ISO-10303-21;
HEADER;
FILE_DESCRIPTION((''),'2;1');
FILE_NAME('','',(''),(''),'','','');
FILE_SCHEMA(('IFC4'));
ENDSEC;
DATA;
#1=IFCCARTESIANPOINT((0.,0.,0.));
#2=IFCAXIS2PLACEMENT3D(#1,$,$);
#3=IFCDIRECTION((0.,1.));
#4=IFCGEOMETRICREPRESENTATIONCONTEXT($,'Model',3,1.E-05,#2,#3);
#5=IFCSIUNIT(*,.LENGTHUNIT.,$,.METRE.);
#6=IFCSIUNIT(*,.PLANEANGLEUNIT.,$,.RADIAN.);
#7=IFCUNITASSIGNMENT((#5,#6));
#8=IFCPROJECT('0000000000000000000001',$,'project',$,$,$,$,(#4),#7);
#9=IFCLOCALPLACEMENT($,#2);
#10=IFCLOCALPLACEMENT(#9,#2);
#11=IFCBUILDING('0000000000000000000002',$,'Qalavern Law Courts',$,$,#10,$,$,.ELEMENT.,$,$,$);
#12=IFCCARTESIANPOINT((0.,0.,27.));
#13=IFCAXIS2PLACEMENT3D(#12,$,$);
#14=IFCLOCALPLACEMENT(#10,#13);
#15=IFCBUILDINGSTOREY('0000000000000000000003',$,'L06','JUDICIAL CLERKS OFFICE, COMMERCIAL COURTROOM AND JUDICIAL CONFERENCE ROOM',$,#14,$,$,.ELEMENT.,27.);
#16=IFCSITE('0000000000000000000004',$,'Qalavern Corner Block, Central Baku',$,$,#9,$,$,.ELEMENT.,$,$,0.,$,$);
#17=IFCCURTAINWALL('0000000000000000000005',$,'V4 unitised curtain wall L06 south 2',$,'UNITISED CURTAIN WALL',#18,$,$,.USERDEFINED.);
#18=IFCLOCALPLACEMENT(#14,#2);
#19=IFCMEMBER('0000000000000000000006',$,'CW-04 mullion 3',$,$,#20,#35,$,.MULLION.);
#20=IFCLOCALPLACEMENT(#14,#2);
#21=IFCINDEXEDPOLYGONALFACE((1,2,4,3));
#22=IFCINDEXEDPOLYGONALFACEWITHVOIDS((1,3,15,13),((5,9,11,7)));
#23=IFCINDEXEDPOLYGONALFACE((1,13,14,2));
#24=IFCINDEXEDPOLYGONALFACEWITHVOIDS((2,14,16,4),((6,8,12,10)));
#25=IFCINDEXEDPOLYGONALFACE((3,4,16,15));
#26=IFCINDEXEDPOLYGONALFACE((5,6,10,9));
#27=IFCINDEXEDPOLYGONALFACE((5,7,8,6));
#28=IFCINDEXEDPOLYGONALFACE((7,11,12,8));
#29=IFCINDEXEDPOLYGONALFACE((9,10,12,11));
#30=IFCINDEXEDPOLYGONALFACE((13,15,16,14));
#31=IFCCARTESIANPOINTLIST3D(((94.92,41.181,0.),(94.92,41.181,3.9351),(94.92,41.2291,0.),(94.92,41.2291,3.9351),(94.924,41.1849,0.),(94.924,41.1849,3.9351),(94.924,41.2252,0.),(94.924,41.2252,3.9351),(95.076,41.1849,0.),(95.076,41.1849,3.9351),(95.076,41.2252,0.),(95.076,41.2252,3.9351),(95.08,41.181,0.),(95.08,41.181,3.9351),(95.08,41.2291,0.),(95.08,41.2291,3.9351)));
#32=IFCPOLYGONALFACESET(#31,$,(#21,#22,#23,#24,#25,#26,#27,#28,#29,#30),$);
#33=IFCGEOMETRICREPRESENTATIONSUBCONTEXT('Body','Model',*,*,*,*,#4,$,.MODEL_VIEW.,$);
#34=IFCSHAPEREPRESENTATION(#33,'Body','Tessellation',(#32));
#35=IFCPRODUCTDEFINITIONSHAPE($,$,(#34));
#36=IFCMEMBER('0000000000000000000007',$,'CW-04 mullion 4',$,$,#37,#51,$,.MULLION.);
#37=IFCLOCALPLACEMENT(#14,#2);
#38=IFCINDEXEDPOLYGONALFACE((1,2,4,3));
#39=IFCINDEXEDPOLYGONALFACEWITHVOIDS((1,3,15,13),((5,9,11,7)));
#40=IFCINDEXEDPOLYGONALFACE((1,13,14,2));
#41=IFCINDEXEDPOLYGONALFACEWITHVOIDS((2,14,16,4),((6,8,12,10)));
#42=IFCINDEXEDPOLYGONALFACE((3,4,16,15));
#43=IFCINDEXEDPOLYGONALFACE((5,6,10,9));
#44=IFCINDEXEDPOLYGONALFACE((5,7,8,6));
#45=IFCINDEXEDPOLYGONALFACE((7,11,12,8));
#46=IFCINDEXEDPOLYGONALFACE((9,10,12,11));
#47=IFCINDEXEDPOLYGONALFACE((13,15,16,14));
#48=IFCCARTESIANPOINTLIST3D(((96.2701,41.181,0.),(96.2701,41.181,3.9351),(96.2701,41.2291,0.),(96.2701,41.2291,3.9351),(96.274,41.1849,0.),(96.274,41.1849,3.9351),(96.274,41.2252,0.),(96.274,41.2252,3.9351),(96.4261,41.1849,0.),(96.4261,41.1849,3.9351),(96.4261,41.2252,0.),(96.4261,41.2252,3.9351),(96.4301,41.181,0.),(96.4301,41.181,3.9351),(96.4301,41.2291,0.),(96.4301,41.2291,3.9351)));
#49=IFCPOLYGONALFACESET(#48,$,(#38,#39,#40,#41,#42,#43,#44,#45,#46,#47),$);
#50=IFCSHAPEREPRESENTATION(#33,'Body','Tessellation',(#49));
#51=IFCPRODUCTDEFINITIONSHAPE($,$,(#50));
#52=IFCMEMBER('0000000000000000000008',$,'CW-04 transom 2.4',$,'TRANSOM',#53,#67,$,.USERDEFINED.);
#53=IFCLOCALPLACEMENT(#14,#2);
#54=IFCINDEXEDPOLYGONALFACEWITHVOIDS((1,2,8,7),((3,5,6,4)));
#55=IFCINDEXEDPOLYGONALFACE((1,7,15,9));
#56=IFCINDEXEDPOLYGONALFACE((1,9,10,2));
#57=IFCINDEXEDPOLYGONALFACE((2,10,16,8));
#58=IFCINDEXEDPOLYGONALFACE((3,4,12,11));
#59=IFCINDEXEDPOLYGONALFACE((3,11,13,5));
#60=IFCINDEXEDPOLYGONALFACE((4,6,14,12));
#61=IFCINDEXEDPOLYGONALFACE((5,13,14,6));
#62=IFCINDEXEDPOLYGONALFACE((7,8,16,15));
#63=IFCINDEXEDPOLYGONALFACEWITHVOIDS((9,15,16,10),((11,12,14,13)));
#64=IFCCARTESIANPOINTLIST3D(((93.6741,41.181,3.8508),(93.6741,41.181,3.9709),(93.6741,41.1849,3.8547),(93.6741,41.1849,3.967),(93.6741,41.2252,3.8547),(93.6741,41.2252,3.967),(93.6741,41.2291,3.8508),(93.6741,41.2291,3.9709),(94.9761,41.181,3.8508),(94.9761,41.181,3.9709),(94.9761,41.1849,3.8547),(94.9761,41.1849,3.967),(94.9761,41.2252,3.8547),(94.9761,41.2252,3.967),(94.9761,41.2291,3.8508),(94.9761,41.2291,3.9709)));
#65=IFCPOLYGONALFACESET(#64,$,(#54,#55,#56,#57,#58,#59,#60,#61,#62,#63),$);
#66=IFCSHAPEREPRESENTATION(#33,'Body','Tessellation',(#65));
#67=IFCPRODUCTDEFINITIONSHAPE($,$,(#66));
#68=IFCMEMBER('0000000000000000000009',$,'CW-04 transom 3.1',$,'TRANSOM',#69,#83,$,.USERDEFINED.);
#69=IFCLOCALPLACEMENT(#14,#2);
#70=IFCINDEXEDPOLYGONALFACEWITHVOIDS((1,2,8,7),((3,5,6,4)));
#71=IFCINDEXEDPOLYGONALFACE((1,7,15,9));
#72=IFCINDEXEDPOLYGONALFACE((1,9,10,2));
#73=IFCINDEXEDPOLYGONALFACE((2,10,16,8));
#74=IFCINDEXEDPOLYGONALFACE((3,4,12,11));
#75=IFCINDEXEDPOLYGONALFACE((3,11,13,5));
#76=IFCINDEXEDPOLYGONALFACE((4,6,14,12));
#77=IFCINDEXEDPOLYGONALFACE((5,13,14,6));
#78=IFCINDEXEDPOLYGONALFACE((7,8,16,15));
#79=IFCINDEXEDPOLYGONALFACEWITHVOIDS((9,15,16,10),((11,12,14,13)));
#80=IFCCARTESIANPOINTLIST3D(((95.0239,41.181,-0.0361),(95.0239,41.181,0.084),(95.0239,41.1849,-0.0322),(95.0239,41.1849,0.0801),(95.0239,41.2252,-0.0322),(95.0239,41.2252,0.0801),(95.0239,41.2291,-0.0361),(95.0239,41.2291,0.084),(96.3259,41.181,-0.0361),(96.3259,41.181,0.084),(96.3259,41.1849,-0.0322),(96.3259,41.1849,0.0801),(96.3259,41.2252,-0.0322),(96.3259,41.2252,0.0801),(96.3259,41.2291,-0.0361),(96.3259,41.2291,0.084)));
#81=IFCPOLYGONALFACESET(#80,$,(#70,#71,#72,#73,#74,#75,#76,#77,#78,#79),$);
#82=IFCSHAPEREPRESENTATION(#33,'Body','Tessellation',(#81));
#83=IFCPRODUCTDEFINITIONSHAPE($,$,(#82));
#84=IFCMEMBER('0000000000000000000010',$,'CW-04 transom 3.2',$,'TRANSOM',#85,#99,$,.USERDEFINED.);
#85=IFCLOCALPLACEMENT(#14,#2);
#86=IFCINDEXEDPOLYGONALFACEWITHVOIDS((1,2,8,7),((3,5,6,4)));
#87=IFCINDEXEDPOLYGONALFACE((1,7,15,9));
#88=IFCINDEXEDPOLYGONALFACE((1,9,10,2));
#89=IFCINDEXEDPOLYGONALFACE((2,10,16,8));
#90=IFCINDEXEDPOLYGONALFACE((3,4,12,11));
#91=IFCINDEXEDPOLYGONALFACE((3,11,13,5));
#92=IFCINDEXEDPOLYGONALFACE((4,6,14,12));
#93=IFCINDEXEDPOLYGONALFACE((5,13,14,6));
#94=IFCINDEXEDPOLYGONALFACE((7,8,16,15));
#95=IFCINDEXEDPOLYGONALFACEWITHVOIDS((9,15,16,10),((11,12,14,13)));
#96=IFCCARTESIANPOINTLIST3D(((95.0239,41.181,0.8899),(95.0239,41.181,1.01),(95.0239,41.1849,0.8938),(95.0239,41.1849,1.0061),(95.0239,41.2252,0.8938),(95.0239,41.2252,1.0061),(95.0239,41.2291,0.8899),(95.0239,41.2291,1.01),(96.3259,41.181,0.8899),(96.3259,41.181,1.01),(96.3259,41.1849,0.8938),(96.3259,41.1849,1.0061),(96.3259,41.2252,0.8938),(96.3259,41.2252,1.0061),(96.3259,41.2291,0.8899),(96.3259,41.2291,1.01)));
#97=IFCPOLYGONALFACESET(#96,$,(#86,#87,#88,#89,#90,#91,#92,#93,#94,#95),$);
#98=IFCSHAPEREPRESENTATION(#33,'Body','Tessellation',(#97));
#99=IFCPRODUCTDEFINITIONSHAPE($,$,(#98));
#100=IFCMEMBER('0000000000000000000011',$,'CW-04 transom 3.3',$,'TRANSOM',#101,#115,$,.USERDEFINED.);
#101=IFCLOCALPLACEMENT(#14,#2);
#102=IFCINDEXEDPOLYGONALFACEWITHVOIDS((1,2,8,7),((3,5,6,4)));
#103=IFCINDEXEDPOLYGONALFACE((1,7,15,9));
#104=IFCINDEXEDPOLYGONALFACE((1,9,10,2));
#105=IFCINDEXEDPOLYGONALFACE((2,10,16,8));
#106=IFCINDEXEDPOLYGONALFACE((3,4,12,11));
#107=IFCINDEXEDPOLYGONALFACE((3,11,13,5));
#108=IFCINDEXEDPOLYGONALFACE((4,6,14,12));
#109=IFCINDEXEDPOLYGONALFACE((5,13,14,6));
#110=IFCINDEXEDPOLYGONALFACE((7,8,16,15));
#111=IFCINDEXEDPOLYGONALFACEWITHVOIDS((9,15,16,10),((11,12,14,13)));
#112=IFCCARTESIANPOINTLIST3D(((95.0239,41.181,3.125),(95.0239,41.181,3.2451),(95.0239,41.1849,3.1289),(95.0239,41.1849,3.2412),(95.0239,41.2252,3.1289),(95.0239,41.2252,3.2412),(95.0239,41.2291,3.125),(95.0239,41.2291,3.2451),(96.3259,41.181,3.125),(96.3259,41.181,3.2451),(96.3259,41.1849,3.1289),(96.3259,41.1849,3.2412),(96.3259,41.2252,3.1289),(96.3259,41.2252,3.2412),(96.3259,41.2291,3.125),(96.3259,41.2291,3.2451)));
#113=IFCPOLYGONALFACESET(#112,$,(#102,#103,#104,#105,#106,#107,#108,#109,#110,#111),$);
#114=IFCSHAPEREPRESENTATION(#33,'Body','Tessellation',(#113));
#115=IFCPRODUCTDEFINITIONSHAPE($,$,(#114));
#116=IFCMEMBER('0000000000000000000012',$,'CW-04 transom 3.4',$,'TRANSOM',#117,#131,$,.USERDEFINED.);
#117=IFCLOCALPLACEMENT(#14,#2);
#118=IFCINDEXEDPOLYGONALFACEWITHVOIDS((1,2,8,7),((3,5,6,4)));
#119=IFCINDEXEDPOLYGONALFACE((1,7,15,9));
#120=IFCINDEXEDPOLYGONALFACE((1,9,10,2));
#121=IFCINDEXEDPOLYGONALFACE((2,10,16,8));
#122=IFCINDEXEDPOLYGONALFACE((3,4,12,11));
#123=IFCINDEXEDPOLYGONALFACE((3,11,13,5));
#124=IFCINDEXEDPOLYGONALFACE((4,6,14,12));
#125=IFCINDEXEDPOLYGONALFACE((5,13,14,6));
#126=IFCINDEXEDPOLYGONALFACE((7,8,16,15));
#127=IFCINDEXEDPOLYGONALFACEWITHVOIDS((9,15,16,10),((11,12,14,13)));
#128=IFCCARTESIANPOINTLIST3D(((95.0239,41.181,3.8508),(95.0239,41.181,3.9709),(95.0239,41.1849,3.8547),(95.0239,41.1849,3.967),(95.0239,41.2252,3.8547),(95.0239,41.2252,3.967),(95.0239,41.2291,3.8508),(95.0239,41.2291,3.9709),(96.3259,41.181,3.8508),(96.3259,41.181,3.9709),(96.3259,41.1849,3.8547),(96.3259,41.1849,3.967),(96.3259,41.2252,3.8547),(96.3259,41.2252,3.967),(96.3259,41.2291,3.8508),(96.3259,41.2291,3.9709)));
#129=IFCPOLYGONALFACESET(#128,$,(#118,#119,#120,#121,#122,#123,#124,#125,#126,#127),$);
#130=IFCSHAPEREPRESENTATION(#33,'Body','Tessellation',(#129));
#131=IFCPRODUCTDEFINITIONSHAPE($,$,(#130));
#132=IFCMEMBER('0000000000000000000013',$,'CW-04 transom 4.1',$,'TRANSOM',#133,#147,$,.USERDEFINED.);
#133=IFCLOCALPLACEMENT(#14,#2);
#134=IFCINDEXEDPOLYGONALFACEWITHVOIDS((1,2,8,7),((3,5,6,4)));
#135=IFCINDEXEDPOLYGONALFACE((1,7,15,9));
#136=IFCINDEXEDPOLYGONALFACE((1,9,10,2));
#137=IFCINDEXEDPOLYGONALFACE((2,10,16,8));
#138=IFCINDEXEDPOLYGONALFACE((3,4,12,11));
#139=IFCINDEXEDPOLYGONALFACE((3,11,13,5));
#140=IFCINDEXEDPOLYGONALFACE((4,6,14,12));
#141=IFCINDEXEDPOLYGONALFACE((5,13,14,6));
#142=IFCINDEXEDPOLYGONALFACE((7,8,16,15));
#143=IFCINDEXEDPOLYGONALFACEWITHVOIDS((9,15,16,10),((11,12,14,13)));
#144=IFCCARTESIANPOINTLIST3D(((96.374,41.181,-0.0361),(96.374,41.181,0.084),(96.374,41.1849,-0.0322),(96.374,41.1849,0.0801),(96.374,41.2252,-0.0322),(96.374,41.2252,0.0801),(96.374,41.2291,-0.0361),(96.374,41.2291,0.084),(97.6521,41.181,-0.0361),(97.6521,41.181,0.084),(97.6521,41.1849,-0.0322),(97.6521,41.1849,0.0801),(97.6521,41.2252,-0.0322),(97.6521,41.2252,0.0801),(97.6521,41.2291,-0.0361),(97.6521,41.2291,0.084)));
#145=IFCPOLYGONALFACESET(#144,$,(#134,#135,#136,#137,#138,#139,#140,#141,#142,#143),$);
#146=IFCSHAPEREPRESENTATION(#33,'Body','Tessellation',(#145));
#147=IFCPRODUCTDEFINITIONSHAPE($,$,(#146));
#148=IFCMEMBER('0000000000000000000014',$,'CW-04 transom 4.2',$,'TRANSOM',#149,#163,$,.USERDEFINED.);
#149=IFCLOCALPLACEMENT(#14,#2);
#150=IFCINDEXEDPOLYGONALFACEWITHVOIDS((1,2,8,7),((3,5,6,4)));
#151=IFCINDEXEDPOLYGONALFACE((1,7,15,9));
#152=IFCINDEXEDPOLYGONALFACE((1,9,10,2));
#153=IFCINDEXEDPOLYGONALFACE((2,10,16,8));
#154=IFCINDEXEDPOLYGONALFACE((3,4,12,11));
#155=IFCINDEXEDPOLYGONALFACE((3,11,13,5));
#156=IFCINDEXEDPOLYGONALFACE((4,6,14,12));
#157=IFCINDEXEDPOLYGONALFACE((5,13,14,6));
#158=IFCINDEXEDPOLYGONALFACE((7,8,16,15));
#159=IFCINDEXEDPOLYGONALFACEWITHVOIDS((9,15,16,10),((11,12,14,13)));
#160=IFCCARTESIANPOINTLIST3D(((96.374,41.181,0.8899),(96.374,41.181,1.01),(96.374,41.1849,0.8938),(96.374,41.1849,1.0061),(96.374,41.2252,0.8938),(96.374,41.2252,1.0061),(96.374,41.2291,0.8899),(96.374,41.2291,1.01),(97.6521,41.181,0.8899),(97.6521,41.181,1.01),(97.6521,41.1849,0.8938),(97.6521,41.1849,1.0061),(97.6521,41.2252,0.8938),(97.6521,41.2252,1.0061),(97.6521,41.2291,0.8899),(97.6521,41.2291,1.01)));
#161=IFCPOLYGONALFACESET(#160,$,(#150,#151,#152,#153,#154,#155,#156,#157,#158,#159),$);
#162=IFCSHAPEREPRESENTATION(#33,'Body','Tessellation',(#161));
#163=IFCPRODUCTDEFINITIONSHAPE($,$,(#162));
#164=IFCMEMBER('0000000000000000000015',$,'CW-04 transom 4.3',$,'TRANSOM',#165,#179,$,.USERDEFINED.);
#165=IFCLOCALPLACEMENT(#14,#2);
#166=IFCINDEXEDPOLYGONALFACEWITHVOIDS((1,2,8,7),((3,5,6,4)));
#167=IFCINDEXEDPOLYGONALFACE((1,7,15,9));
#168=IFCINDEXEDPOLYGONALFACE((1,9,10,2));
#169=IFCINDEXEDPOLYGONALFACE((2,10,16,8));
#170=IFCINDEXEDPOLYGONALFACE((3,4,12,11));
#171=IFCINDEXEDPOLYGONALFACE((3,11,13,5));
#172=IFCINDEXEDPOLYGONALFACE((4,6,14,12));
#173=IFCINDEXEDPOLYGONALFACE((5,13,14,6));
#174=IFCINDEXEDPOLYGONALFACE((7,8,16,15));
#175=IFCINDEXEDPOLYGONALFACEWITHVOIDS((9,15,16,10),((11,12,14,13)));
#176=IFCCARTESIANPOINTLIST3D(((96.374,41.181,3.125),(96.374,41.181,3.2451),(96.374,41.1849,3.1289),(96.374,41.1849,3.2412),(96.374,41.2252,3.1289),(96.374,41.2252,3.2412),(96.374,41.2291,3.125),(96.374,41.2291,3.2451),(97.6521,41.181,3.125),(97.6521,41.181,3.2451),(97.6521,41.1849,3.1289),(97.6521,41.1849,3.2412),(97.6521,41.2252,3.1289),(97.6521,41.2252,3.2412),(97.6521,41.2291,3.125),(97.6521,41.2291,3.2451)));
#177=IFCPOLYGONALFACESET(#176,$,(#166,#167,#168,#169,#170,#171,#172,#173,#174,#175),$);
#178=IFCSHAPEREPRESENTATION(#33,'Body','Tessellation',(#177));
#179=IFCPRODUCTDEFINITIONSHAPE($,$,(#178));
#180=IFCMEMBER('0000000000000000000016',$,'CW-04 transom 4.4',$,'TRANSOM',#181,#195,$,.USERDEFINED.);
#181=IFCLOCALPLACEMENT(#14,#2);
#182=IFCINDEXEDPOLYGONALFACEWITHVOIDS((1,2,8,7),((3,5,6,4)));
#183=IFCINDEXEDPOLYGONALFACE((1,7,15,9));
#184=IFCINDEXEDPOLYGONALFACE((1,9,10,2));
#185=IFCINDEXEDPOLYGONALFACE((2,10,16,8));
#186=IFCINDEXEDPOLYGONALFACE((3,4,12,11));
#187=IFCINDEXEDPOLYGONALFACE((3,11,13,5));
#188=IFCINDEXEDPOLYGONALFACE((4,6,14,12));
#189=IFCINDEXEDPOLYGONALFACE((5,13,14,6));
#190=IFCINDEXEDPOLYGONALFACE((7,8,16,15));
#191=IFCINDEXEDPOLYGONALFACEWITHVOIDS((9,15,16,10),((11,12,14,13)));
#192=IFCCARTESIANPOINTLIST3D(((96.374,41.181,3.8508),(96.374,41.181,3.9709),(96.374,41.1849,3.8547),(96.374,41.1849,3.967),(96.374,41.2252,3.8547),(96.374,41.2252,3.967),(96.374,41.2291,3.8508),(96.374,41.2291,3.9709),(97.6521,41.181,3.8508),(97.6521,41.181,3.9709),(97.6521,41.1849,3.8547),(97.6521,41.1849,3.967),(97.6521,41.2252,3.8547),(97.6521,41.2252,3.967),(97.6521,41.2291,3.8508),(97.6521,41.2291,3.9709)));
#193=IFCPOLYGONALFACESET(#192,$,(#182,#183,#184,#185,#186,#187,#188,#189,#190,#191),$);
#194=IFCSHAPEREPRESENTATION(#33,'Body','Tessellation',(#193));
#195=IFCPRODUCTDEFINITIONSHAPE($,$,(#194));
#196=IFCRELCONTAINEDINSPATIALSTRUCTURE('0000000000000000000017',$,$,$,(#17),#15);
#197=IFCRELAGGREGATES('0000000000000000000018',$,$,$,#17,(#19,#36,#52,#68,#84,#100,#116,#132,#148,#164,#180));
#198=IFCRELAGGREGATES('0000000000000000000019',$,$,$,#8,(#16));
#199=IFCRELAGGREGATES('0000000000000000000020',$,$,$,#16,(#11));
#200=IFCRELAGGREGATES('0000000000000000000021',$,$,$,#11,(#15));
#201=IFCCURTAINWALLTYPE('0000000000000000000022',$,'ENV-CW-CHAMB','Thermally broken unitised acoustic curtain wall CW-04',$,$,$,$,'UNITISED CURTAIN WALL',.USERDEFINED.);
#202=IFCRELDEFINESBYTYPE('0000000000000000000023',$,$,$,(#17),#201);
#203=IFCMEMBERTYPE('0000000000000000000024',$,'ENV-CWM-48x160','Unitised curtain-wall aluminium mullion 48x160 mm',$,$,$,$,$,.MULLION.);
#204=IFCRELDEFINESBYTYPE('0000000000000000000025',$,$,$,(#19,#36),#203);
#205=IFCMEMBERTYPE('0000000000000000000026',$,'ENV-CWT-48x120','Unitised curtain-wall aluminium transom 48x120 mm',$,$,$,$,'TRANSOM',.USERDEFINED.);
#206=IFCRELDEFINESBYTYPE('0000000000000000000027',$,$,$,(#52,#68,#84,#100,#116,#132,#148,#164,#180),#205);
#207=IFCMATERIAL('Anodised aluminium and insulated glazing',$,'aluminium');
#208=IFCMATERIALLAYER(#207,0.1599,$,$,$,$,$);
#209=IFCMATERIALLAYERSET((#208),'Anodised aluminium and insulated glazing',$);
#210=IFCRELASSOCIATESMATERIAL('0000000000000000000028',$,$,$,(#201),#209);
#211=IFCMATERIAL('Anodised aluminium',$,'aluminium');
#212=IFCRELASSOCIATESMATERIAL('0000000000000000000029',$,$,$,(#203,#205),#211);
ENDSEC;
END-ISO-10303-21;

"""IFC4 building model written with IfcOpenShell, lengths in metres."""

from ifc_helpers import new_model, si_unit, direction, frame, origin, origin_2d, place, context, subcontext, project, spatial, hollow_rectangle, extrude, material, layer, layer_set, material_profile, profile_set, type_object, element, aggregate, save


model = new_model("IFC4")

# Units and contexts
model_context = context("Model", 3, precision=1e-05, world=origin(), true_north=direction((0.0, 1.0)))
body_context = subcontext(model_context, "Body", "Model", "MODEL_VIEW")
ifc_project = project(units=[si_unit("LENGTHUNIT", "METRE"), si_unit("PLANEANGLEUNIT", "RADIAN")], contexts=[model_context])

# Site, building, storey
site_placement = place(None, origin())
site = spatial("IfcSite", under=ifc_project, at=site_placement, Name="Qalavern Corner Block, Central Baku", CompositionType="ELEMENT", RefElevation=0.0)
building_placement = place(site_placement, origin())
building = spatial("IfcBuilding", under=site, at=building_placement, Name="Qalavern Law Courts", CompositionType="ELEMENT")
storey_placement = place(building_placement, frame((0.0, 0.0, 27.0)))
storey = spatial("IfcBuildingStorey", under=building, at=storey_placement, Name="L06", Description="JUDICIAL CLERKS OFFICE, COMMERCIAL COURTROOM AND JUDICIAL CONFERENCE ROOM", CompositionType="ELEMENT", Elevation=27.0)

# Curtain wall, members
ifc_material_1 = material(Name="Anodised aluminium and insulated glazing", Category="aluminium")
ifc_layer_1 = layer(ifc_material_1, 0.1599)
ifc_layer_set_1 = layer_set([ifc_layer_1], Name="Anodised aluminium and insulated glazing")
curtain_wall_type = type_object("IfcCurtainWallType", Name="ENV-CW-CHAMB", Description="Thermally broken unitised acoustic curtain wall CW-04", ElementType="UNITISED CURTAIN WALL", PredefinedType="USERDEFINED", material=ifc_layer_set_1)
curtain_wall_placement = place(storey_placement, origin())
curtain_wall = element("IfcCurtainWall", 1, at=curtain_wall_placement, inside=storey, type_object=curtain_wall_type, Name="V4 unitised curtain wall L06 south 2", ObjectType="UNITISED CURTAIN WALL", PredefinedType="USERDEFINED")
ifc_material_2 = material(Name="Anodised aluminium", Category="aluminium")
ifc_material_profile_1 = material_profile(ifc_material_2, hollow_rectangle(XDim=0.0481, YDim=0.1599, WallThickness=0.0039, at=origin_2d()), Name="ALU MULLION 48x160")
ifc_profile_set_1 = profile_set([ifc_material_profile_1], Name="Anodised aluminium")
member_type_1 = type_object("IfcMemberType", Name="ENV-CWM-48x160", Description="Unitised curtain-wall aluminium mullion 48x160 mm", PredefinedType="MULLION", material=ifc_profile_set_1)
member_1_placement = place(storey_placement, frame((95.0, 41.2051, 0.0), z_axis=(0.0, 0.0, 1.0), x_axis=(0.0, 1.0, 0.0)))
member_1 = element("IfcMember", 2, at=member_1_placement, type_object=member_type_1, Name="CW-04 mullion 3", PredefinedType="MULLION", context=body_context, shape_type="SweptSolid", body=[
    extrude(hollow_rectangle(XDim=0.0481, YDim=0.1599, WallThickness=0.0039, at=origin_2d()), origin(), (0.0, 0.0, 1.0), 3.9351),
])
member_2_placement = place(storey_placement, frame((96.3501, 41.2051, 0.0), z_axis=(0.0, 0.0, 1.0), x_axis=(0.0, 1.0, 0.0)))
member_2 = element("IfcMember", 3, at=member_2_placement, type_object=member_type_1, Name="CW-04 mullion 4", PredefinedType="MULLION", context=body_context, shape_type="SweptSolid", body=[
    extrude(hollow_rectangle(XDim=0.0481, YDim=0.1599, WallThickness=0.0039, at=origin_2d()), origin(), (0.0, 0.0, 1.0), 3.9351),
])
ifc_material_profile_2 = material_profile(ifc_material_2, hollow_rectangle(XDim=0.0481, YDim=0.1201, WallThickness=0.0039, at=origin_2d()), Name="ALU TRANSOM 48x120")
ifc_profile_set_2 = profile_set([ifc_material_profile_2], Name="Anodised aluminium")
member_type_2 = type_object("IfcMemberType", Name="ENV-CWT-48x120", Description="Unitised curtain-wall aluminium transom 48x120 mm", ElementType="TRANSOM", PredefinedType="USERDEFINED", material=ifc_profile_set_2)
member_3_placement = place(storey_placement, frame((93.6741, 41.2051, 3.9109), z_axis=(1.0, 0.0, 0.0), x_axis=(0.0, 1.0, 0.0)))
member_3 = element("IfcMember", 4, at=member_3_placement, type_object=member_type_2, Name="CW-04 transom 2.4", ObjectType="TRANSOM", PredefinedType="USERDEFINED", context=body_context, shape_type="SweptSolid", body=[
    extrude(hollow_rectangle(XDim=0.0481, YDim=0.1201, WallThickness=0.0039, at=origin_2d()), origin(), (0.0, 0.0, 1.0), 1.302),
])
member_4_placement = place(storey_placement, frame((95.0239, 41.2051, 0.0239), z_axis=(1.0, 0.0, 0.0), x_axis=(0.0, 1.0, 0.0)))
member_4 = element("IfcMember", 5, at=member_4_placement, type_object=member_type_2, Name="CW-04 transom 3.1", ObjectType="TRANSOM", PredefinedType="USERDEFINED", context=body_context, shape_type="SweptSolid", body=[
    extrude(hollow_rectangle(XDim=0.0481, YDim=0.1201, WallThickness=0.0039, at=origin_2d()), origin(), (0.0, 0.0, 1.0), 1.302),
])
member_5_placement = place(storey_placement, frame((95.0239, 41.2051, 0.95), z_axis=(1.0, 0.0, 0.0), x_axis=(0.0, 1.0, 0.0)))
member_5 = element("IfcMember", 6, at=member_5_placement, type_object=member_type_2, Name="CW-04 transom 3.2", ObjectType="TRANSOM", PredefinedType="USERDEFINED", context=body_context, shape_type="SweptSolid", body=[
    extrude(hollow_rectangle(XDim=0.0481, YDim=0.1201, WallThickness=0.0039, at=origin_2d()), origin(), (0.0, 0.0, 1.0), 1.302),
])
member_6_placement = place(storey_placement, frame((95.0239, 41.2051, 3.1851), z_axis=(1.0, 0.0, 0.0), x_axis=(0.0, 1.0, 0.0)))
member_6 = element("IfcMember", 7, at=member_6_placement, type_object=member_type_2, Name="CW-04 transom 3.3", ObjectType="TRANSOM", PredefinedType="USERDEFINED", context=body_context, shape_type="SweptSolid", body=[
    extrude(hollow_rectangle(XDim=0.0481, YDim=0.1201, WallThickness=0.0039, at=origin_2d()), origin(), (0.0, 0.0, 1.0), 1.302),
])
member_7_placement = place(storey_placement, frame((95.0239, 41.2051, 3.9109), z_axis=(1.0, 0.0, 0.0), x_axis=(0.0, 1.0, 0.0)))
member_7 = element("IfcMember", 8, at=member_7_placement, type_object=member_type_2, Name="CW-04 transom 3.4", ObjectType="TRANSOM", PredefinedType="USERDEFINED", context=body_context, shape_type="SweptSolid", body=[
    extrude(hollow_rectangle(XDim=0.0481, YDim=0.1201, WallThickness=0.0039, at=origin_2d()), origin(), (0.0, 0.0, 1.0), 1.302),
])
member_8_placement = place(storey_placement, frame((96.374, 41.2051, 0.0239), z_axis=(1.0, 0.0, 0.0), x_axis=(0.0, 1.0, 0.0)))
member_8 = element("IfcMember", 9, at=member_8_placement, type_object=member_type_2, Name="CW-04 transom 4.1", ObjectType="TRANSOM", PredefinedType="USERDEFINED", context=body_context, shape_type="SweptSolid", body=[
    extrude(hollow_rectangle(XDim=0.0481, YDim=0.1201, WallThickness=0.0039, at=origin_2d()), origin(), (0.0, 0.0, 1.0), 1.2781),
])
member_9_placement = place(storey_placement, frame((96.374, 41.2051, 0.95), z_axis=(1.0, 0.0, 0.0), x_axis=(0.0, 1.0, 0.0)))
member_9 = element("IfcMember", 10, at=member_9_placement, type_object=member_type_2, Name="CW-04 transom 4.2", ObjectType="TRANSOM", PredefinedType="USERDEFINED", context=body_context, shape_type="SweptSolid", body=[
    extrude(hollow_rectangle(XDim=0.0481, YDim=0.1201, WallThickness=0.0039, at=origin_2d()), origin(), (0.0, 0.0, 1.0), 1.2781),
])
member_10_placement = place(storey_placement, frame((96.374, 41.2051, 3.1851), z_axis=(1.0, 0.0, 0.0), x_axis=(0.0, 1.0, 0.0)))
member_10 = element("IfcMember", 11, at=member_10_placement, type_object=member_type_2, Name="CW-04 transom 4.3", ObjectType="TRANSOM", PredefinedType="USERDEFINED", context=body_context, shape_type="SweptSolid", body=[
    extrude(hollow_rectangle(XDim=0.0481, YDim=0.1201, WallThickness=0.0039, at=origin_2d()), origin(), (0.0, 0.0, 1.0), 1.2781),
])
member_11_placement = place(storey_placement, frame((96.374, 41.2051, 3.9109), z_axis=(1.0, 0.0, 0.0), x_axis=(0.0, 1.0, 0.0)))
member_11 = element("IfcMember", 12, at=member_11_placement, type_object=member_type_2, Name="CW-04 transom 4.4", ObjectType="TRANSOM", PredefinedType="USERDEFINED", context=body_context, shape_type="SweptSolid", body=[
    extrude(hollow_rectangle(XDim=0.0481, YDim=0.1201, WallThickness=0.0039, at=origin_2d()), origin(), (0.0, 0.0, 1.0), 1.2781),
])
aggregate(curtain_wall, [member_1, member_2, member_3, member_4, member_5, member_6, member_7, member_8, member_9, member_10, member_11])

save(model, "model.ifc")
